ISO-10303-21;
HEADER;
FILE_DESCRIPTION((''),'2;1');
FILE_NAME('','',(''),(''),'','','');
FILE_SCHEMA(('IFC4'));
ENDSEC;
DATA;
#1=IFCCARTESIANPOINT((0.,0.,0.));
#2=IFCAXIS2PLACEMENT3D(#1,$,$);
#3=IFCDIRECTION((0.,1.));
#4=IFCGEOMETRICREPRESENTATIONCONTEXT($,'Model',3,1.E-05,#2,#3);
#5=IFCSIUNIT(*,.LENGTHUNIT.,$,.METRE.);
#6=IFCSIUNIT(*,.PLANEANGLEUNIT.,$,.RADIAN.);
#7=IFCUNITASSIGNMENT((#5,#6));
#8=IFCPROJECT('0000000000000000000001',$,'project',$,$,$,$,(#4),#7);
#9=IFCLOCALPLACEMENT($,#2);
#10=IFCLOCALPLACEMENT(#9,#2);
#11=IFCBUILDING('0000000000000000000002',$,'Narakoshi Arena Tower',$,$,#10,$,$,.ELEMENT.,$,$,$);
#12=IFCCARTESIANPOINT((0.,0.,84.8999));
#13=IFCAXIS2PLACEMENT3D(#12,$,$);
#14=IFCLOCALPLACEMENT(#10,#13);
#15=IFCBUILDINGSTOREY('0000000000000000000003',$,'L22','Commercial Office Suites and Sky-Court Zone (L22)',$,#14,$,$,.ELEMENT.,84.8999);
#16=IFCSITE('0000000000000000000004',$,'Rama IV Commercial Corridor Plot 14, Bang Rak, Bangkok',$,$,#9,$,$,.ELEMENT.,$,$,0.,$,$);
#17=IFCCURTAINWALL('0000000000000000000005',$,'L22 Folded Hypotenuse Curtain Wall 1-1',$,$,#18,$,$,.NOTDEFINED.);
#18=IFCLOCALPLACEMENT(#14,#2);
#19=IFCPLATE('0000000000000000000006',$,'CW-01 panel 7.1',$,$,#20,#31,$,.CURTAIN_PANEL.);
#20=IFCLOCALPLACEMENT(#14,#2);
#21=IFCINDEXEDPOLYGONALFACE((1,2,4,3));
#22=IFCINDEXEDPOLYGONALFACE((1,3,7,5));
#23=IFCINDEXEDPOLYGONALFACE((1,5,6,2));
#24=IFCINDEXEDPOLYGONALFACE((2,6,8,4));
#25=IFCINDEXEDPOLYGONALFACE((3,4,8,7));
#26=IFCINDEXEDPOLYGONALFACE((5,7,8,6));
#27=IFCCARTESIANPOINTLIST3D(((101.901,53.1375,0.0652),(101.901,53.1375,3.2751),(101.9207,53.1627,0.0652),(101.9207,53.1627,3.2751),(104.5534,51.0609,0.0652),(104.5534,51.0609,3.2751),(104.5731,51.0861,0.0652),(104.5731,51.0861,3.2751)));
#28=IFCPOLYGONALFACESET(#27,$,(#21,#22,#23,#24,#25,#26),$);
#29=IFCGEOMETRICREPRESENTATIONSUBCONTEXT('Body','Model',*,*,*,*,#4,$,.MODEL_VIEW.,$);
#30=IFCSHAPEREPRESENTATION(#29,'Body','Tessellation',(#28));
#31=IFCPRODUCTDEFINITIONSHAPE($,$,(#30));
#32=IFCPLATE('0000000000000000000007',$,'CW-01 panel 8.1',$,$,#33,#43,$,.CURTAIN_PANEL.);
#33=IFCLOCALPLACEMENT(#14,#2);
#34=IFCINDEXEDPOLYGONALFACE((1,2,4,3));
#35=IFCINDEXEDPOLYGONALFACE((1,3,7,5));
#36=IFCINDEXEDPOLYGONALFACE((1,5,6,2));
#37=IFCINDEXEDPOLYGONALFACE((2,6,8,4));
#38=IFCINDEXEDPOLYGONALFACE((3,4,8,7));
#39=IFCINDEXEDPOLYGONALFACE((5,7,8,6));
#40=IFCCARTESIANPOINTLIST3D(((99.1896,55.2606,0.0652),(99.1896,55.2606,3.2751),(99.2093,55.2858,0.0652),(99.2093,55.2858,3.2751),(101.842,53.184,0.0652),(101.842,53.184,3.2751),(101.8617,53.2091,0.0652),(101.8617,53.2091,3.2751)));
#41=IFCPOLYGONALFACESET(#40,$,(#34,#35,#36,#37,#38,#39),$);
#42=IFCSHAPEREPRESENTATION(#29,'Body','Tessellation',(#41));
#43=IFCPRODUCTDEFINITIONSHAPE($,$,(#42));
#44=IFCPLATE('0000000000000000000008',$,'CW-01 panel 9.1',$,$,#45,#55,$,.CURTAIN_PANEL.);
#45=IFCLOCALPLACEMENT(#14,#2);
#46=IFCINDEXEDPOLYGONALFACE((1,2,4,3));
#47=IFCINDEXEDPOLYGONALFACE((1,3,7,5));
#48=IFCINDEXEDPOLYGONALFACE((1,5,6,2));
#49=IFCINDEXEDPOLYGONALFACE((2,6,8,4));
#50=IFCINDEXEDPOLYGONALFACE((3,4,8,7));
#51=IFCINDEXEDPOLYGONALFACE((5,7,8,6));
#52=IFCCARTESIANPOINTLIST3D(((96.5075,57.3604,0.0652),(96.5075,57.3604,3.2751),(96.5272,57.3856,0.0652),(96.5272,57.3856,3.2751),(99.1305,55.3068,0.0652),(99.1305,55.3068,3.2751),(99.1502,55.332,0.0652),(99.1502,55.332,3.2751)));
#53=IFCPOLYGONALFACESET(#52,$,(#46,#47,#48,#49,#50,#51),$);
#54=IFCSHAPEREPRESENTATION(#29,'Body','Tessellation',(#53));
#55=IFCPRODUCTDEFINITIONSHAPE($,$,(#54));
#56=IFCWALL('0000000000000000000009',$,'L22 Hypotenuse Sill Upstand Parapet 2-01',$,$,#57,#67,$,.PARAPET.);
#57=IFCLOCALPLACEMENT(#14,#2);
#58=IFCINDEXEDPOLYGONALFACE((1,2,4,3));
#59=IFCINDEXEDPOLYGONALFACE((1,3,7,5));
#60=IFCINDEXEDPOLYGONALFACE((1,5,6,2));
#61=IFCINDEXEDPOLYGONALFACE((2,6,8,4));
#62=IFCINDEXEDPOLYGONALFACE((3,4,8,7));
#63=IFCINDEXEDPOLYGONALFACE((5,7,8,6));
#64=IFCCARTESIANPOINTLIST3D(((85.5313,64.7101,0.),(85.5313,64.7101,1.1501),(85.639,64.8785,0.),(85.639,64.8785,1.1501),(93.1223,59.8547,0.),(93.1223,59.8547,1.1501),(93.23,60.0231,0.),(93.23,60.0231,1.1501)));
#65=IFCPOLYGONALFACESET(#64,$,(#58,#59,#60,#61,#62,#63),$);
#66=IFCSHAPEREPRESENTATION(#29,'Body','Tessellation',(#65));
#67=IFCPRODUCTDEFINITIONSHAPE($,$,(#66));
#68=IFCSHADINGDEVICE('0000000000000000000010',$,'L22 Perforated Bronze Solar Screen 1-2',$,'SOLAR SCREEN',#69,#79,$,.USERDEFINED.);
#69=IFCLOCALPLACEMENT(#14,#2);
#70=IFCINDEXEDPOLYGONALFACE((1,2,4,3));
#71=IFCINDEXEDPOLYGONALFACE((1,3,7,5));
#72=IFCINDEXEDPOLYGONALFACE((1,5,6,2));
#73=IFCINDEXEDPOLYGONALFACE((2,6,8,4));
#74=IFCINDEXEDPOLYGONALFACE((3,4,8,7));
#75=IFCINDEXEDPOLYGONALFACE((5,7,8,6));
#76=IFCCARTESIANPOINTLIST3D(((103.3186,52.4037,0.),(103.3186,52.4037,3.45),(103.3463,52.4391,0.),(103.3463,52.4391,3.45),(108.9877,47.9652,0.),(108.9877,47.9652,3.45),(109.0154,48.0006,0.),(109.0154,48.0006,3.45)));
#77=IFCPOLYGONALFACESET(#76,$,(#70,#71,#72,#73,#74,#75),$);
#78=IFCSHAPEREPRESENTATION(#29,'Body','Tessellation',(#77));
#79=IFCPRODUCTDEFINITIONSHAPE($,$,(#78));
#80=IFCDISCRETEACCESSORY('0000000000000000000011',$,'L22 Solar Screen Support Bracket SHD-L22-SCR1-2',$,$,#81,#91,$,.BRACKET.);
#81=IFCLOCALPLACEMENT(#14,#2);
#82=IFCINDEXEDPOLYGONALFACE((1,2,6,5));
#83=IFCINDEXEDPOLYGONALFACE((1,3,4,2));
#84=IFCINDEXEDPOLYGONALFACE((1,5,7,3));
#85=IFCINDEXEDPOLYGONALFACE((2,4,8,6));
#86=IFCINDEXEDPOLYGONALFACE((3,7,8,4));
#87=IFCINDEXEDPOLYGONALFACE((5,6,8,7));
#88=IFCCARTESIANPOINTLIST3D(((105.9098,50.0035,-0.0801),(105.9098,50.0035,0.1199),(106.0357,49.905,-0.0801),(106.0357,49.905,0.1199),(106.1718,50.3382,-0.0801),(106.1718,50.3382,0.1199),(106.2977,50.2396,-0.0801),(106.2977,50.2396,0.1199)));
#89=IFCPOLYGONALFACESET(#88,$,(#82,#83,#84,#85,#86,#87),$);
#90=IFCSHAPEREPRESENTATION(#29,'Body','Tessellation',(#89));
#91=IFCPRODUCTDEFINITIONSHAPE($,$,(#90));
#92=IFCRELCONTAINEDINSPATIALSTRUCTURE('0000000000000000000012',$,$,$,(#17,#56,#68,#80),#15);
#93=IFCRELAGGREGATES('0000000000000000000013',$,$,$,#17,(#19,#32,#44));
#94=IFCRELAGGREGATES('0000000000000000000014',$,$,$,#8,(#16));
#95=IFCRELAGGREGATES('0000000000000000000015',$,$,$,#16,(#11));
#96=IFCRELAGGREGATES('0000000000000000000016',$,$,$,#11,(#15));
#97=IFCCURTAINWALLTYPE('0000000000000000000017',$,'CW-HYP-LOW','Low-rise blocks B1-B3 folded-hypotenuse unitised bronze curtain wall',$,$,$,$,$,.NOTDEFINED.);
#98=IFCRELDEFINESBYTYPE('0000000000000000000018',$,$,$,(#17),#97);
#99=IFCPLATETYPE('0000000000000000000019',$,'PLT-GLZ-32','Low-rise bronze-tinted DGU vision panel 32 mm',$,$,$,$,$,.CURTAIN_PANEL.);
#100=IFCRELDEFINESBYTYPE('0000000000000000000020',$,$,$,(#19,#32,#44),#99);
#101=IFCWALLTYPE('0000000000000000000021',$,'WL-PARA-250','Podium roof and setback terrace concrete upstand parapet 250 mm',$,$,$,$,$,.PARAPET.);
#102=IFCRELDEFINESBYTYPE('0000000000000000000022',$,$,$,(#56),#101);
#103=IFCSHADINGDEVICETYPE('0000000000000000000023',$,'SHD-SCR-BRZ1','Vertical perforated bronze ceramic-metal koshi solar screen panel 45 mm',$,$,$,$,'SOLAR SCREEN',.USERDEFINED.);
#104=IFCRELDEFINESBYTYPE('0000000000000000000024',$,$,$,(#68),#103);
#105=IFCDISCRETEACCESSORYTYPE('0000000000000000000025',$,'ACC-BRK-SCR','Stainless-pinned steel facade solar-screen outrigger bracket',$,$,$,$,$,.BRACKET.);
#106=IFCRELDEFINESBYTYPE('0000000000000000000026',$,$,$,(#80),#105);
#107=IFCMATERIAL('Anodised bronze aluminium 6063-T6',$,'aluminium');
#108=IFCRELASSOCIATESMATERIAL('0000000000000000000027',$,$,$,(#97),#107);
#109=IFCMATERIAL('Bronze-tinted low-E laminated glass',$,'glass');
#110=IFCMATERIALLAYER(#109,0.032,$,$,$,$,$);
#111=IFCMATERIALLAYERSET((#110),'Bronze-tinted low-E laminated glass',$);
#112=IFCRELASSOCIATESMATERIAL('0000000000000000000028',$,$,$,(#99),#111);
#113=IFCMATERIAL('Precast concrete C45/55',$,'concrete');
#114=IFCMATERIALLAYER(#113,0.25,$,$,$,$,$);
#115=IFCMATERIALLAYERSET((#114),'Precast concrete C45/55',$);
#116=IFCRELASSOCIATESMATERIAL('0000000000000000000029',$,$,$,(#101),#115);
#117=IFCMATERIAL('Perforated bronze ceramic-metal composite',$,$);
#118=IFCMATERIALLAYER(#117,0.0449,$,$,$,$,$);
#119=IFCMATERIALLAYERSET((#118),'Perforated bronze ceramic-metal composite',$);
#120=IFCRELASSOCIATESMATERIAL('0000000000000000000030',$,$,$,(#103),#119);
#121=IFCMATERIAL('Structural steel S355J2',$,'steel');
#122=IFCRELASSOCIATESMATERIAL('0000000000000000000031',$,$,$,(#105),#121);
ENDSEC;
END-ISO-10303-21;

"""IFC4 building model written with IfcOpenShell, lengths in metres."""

from ifc_helpers import new_model, si_unit, direction, frame, frame_2d, origin, origin_2d, place, context, subcontext, project, spatial, rectangle, extrude, material, layer, layer_set, type_object, element, aggregate, save


model = new_model("IFC4")

# Units and contexts
model_context = context("Model", 3, precision=1e-05, world=origin(), true_north=direction((0.0, 1.0)))
body_context = subcontext(model_context, "Body", "Model", "MODEL_VIEW")
ifc_project = project(units=[si_unit("LENGTHUNIT", "METRE"), si_unit("PLANEANGLEUNIT", "RADIAN")], contexts=[model_context])

# Site, building, storey
site_placement = place(None, origin())
site = spatial("IfcSite", under=ifc_project, at=site_placement, Name="Rama IV Commercial Corridor Plot 14, Bang Rak, Bangkok", CompositionType="ELEMENT", RefElevation=0.0)
building_placement = place(site_placement, origin())
building = spatial("IfcBuilding", under=site, at=building_placement, Name="Narakoshi Arena Tower", CompositionType="ELEMENT")
storey_placement = place(building_placement, frame((0.0, 0.0, 84.8999)))
storey = spatial("IfcBuildingStorey", under=building, at=storey_placement, Name="L22", Description="Commercial Office Suites and Sky-Court Zone (L22)", CompositionType="ELEMENT", Elevation=84.8999)

# Shared definitions
ifc_material_1 = material(Name="Structural steel S355J2", Category="steel")

# Curtain wall, plates
ifc_material_2 = material(Name="Anodised bronze aluminium 6063-T6", Category="aluminium")
curtain_wall_type = type_object("IfcCurtainWallType", Name="CW-HYP-LOW", Description="Low-rise blocks B1-B3 folded-hypotenuse unitised bronze curtain wall", PredefinedType="NOTDEFINED", material=ifc_material_2)
curtain_wall_placement = place(storey_placement, origin())
curtain_wall = element("IfcCurtainWall", 1, at=curtain_wall_placement, inside=storey, type_object=curtain_wall_type, Name="L22 Folded Hypotenuse Curtain Wall 1-1", PredefinedType="NOTDEFINED")
ifc_material_3 = material(Name="Bronze-tinted low-E laminated glass", Category="glass")
ifc_layer_1 = layer(ifc_material_3, 0.032)
ifc_layer_set_1 = layer_set([ifc_layer_1], Name="Bronze-tinted low-E laminated glass")
plate_type = type_object("IfcPlateType", Name="PLT-GLZ-32", Description="Low-rise bronze-tinted DGU vision panel 32 mm", PredefinedType="CURTAIN_PANEL", material=ifc_layer_set_1)
plate_1_placement = place(storey_placement, frame((103.2371, 52.1118, 0.0652), z_axis=(0.0, 0.0, 1.0), x_axis=(-0.787388, 0.616458, 0.0)))
plate_1 = element("IfcPlate", 2, at=plate_1_placement, type_object=plate_type, Name="CW-01 panel 7.1", PredefinedType="CURTAIN_PANEL", context=body_context, shape_type="SweptSolid", body=[
    extrude(rectangle(XDim=3.3687, YDim=0.032, at=origin_2d()), origin(), (0.0, 0.0, 1.0), 3.21),
])
plate_2_placement = place(storey_placement, frame((100.5256, 54.2349, 0.0652), z_axis=(0.0, 0.0, 1.0), x_axis=(-0.787388, 0.616458, 0.0)))
plate_2 = element("IfcPlate", 3, at=plate_2_placement, type_object=plate_type, Name="CW-01 panel 8.1", PredefinedType="CURTAIN_PANEL", context=body_context, shape_type="SweptSolid", body=[
    extrude(rectangle(XDim=3.3687, YDim=0.032, at=origin_2d()), origin(), (0.0, 0.0, 1.0), 3.21),
])
plate_3_placement = place(storey_placement, frame((97.8289, 56.3462, 0.0652), z_axis=(0.0, 0.0, 1.0), x_axis=(-0.787388, 0.616458, 0.0)))
plate_3 = element("IfcPlate", 4, at=plate_3_placement, type_object=plate_type, Name="CW-01 panel 9.1", PredefinedType="CURTAIN_PANEL", context=body_context, shape_type="SweptSolid", body=[
    extrude(rectangle(XDim=3.3313, YDim=0.032, at=origin_2d()), origin(), (0.0, 0.0, 1.0), 3.21),
])
aggregate(curtain_wall, [plate_1, plate_2, plate_3])

# Wall
ifc_material_4 = material(Name="Precast concrete C45/55", Category="concrete")
ifc_layer_2 = layer(ifc_material_4, 0.25)
ifc_layer_set_2 = layer_set([ifc_layer_2], Name="Precast concrete C45/55")
wall_type = type_object("IfcWallType", Name="WL-PARA-250", Description="Podium roof and setback terrace concrete upstand parapet 250 mm", PredefinedType="PARAPET", material=ifc_layer_set_2)
wall_placement = place(storey_placement, frame((93.176, 59.939, 0.0), z_axis=(0.0, 0.0, 1.0), x_axis=(-0.842413, 0.538832, 0.0)))
element("IfcWall", 5, at=wall_placement, inside=storey, type_object=wall_type, Name="L22 Hypotenuse Sill Upstand Parapet 2-01", PredefinedType="PARAPET", context=body_context, shape_type="SweptSolid", body=[
    extrude(rectangle(XDim=9.011, YDim=0.2, at=frame_2d((4.5054, 0.0))), origin(), (0.0, 0.0, 1.0), 1.1501),
])

# Shading device
ifc_material_5 = material(Name="Perforated bronze ceramic-metal composite")
ifc_layer_3 = layer(ifc_material_5, 0.0449)
ifc_layer_set_3 = layer_set([ifc_layer_3], Name="Perforated bronze ceramic-metal composite")
shading_device_type = type_object("IfcShadingDeviceType", Name="SHD-SCR-BRZ1", Description="Vertical perforated bronze ceramic-metal koshi solar screen panel 45 mm", ElementType="SOLAR SCREEN", PredefinedType="USERDEFINED", material=ifc_layer_set_3)
shading_device_placement = place(storey_placement, frame((106.167, 50.2021, 0.0), z_axis=(0.0, 0.0, 1.0), x_axis=(-0.787387, 0.616459, 0.0)))
element("IfcShadingDevice", 6, at=shading_device_placement, inside=storey, type_object=shading_device_type, Name="L22 Perforated Bronze Solar Screen 1-2", ObjectType="SOLAR SCREEN", PredefinedType="USERDEFINED", context=body_context, shape_type="SweptSolid", body=[
    extrude(rectangle(XDim=7.2, YDim=0.0449, at=origin_2d()), origin(), (0.0, 0.0, 1.0), 3.45),
])

# Discrete accessory
discrete_accessory_type = type_object("IfcDiscreteAccessoryType", Name="ACC-BRK-SCR", Description="Stainless-pinned steel facade solar-screen outrigger bracket", PredefinedType="BRACKET", material=ifc_material_1)
discrete_accessory_placement = place(storey_placement, frame((106.1038, 50.1216, -0.0801), z_axis=(0.0, 0.0, 1.0), x_axis=(-0.787387, 0.616459, 0.0)))
element("IfcDiscreteAccessory", 7, at=discrete_accessory_placement, inside=storey, type_object=discrete_accessory_type, Name="L22 Solar Screen Support Bracket SHD-L22-SCR1-2", PredefinedType="BRACKET", context=body_context, shape_type="SweptSolid", body=[
    extrude(rectangle(XDim=0.1599, YDim=0.425, at=origin_2d()), origin(), (0.0, 0.0, 1.0), 0.2),
])

save(model, "model.ifc")
